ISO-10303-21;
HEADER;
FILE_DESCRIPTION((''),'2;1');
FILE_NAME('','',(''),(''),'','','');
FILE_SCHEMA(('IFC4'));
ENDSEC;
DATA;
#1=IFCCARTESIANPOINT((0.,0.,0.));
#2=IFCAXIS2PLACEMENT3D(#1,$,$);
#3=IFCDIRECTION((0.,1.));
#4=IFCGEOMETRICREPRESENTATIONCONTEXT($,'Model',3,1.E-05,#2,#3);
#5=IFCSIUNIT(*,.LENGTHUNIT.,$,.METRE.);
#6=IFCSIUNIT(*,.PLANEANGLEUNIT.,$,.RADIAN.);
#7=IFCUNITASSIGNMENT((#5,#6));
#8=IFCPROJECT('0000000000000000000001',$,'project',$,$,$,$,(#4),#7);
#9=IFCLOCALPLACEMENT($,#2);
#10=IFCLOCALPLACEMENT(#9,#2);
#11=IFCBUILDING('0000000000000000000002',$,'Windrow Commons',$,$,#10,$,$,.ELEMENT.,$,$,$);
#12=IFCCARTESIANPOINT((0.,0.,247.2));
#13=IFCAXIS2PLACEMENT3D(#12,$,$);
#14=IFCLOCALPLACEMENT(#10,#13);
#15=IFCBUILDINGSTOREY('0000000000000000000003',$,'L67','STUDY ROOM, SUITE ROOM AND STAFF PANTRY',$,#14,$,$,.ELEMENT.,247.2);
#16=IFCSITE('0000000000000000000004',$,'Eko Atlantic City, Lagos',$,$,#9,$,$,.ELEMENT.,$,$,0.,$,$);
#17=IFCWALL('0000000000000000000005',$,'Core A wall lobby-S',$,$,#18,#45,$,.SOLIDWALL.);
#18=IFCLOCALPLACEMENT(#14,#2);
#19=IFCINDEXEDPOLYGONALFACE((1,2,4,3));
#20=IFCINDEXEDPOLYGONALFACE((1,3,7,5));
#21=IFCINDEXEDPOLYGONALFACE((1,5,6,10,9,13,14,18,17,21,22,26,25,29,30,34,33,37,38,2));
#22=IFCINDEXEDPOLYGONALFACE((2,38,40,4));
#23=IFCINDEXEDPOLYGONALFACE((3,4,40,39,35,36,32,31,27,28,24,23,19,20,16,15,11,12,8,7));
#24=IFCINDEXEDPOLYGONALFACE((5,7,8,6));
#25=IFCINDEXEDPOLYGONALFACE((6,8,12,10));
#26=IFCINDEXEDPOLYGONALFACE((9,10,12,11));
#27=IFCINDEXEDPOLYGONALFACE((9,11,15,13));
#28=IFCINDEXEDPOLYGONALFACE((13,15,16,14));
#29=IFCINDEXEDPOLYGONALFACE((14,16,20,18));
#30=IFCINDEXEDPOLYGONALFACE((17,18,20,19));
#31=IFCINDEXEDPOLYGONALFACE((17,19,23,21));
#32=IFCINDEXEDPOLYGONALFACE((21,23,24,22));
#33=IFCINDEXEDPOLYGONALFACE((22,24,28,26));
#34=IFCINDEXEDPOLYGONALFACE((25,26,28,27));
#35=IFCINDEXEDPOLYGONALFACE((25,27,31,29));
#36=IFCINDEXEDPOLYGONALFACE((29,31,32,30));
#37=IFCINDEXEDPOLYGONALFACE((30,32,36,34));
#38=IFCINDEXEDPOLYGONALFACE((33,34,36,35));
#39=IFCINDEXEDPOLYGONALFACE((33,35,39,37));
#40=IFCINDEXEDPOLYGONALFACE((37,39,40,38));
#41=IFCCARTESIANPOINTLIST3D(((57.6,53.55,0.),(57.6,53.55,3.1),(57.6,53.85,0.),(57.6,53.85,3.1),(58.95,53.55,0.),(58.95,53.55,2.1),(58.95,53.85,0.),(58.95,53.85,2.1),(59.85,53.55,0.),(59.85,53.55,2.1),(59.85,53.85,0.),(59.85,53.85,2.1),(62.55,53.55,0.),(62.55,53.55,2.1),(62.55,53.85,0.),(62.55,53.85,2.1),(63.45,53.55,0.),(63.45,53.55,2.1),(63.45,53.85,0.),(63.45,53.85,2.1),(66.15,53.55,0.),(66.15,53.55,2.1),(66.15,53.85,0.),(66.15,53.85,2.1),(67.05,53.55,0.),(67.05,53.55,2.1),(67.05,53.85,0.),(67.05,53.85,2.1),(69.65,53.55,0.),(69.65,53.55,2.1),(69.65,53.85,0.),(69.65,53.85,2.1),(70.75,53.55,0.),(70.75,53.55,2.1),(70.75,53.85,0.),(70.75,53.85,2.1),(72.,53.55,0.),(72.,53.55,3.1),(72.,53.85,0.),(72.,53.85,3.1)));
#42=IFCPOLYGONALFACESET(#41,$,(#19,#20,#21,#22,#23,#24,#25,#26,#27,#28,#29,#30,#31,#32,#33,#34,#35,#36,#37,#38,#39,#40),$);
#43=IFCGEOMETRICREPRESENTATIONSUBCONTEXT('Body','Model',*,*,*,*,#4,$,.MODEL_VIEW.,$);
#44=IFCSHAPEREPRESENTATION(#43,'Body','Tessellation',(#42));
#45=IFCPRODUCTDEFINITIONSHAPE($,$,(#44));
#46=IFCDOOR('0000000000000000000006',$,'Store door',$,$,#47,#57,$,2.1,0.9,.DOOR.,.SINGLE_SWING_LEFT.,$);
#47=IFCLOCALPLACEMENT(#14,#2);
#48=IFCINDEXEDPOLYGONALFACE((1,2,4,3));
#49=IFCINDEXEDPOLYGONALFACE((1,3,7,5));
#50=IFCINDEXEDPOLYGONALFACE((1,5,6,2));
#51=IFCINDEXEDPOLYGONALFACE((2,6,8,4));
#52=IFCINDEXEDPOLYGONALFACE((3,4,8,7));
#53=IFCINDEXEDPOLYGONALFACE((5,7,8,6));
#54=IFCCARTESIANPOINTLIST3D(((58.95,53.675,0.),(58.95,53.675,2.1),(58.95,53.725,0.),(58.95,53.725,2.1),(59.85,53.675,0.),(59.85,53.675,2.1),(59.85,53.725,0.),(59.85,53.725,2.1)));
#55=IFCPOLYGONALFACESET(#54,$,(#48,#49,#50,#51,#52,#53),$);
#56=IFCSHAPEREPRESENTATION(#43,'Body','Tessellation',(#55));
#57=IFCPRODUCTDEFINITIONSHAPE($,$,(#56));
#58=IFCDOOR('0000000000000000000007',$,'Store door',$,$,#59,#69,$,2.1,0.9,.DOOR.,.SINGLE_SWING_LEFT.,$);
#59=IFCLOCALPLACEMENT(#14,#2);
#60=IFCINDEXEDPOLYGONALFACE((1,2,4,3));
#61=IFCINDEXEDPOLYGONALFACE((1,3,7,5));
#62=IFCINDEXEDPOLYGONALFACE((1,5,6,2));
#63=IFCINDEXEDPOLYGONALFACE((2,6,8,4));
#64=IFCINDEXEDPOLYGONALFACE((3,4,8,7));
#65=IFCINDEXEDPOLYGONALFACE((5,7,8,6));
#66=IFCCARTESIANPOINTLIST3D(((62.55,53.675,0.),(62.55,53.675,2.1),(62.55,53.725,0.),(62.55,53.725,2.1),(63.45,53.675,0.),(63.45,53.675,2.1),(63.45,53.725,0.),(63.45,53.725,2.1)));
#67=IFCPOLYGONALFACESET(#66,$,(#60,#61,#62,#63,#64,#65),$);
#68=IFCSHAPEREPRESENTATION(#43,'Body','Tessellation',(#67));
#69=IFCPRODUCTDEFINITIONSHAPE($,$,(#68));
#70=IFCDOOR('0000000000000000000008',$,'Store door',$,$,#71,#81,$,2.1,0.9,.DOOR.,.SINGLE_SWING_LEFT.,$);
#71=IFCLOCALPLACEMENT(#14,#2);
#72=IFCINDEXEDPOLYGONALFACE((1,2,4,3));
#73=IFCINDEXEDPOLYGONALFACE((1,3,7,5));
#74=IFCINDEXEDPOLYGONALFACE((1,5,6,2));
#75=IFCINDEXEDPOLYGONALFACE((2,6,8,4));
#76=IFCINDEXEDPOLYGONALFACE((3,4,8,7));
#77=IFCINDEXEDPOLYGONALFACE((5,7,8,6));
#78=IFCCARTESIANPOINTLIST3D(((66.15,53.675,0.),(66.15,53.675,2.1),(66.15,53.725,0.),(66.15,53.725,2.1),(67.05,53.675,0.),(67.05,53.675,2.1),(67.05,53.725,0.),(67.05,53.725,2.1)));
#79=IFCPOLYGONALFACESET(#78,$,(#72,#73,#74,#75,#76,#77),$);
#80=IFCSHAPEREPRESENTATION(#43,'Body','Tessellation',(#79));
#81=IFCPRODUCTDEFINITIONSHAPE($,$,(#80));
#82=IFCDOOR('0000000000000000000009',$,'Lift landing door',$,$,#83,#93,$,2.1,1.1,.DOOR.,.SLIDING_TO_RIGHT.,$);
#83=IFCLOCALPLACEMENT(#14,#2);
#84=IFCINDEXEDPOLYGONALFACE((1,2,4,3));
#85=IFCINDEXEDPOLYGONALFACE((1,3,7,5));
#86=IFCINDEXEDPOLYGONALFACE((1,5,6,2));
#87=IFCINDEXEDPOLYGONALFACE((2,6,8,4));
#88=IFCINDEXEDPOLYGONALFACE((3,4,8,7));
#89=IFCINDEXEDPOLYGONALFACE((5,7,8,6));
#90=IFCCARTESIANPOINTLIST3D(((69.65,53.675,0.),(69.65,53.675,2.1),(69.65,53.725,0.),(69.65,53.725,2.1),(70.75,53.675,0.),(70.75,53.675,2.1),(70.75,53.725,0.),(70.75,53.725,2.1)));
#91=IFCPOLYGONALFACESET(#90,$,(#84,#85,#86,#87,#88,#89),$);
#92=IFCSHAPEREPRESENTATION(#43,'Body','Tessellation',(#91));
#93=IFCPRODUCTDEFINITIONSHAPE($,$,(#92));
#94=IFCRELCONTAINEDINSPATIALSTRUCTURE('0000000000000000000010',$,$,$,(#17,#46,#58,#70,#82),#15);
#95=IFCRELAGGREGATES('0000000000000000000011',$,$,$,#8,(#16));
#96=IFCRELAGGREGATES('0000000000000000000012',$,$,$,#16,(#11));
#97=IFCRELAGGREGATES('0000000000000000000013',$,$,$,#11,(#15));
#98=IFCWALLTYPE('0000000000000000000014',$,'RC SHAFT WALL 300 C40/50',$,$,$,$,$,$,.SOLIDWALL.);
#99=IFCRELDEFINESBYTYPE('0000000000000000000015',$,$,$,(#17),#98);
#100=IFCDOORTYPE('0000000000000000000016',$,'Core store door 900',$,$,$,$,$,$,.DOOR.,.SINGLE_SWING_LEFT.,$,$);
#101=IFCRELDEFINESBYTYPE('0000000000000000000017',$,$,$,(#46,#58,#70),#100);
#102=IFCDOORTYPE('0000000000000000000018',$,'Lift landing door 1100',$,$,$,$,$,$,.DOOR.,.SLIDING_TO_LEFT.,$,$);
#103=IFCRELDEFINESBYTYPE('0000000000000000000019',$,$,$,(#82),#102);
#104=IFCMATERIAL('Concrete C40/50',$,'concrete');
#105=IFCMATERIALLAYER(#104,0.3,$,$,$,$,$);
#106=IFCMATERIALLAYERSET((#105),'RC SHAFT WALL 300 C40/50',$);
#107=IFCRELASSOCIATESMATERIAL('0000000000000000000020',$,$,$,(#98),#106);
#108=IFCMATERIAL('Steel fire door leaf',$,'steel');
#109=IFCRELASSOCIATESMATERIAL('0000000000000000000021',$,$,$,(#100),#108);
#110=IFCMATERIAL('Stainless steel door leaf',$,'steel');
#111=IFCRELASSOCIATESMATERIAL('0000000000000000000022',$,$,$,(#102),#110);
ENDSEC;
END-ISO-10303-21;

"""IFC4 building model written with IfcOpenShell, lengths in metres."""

from ifc_helpers import new_model, si_unit, direction, frame, frame_2d, origin, place, context, subcontext, project, spatial, rectangle, extrude, material, layer, layer_set, type_object, element, fill, save


model = new_model("IFC4")

# Units and contexts
model_context = context("Model", 3, precision=1e-05, world=origin(), true_north=direction((0.0, 1.0)))
body_context = subcontext(model_context, "Body", "Model", "MODEL_VIEW")
ifc_project = project(units=[si_unit("LENGTHUNIT", "METRE"), si_unit("PLANEANGLEUNIT", "RADIAN")], contexts=[model_context])

# Site, building, storey
site_placement = place(None, origin())
site = spatial("IfcSite", under=ifc_project, at=site_placement, Name="Eko Atlantic City, Lagos", CompositionType="ELEMENT", RefElevation=0.0)
building_placement = place(site_placement, origin())
building = spatial("IfcBuilding", under=site, at=building_placement, Name="Windrow Commons", CompositionType="ELEMENT")
storey_placement = place(building_placement, frame((0.0, 0.0, 247.2)))
storey = spatial("IfcBuildingStorey", under=building, at=storey_placement, Name="L67", Description="STUDY ROOM, SUITE ROOM AND STAFF PANTRY", CompositionType="ELEMENT", Elevation=247.2)

# Shared definitions
ifc_material_1 = material(Name="Concrete C40/50", Category="concrete")
ifc_layer_1 = layer(ifc_material_1, 0.3)
ifc_layer_set_1 = layer_set([ifc_layer_1], Name="RC SHAFT WALL 300 C40/50")
wall_type_1 = type_object("IfcWallType", Name="RC SHAFT WALL 300 C40/50", PredefinedType="SOLIDWALL", material=ifc_layer_set_1)

# Wall, openings, doors
wall_1_placement = place(storey_placement, frame((57.6, 53.7, 0.0), z_axis=(0.0, 0.0, 1.0), x_axis=(1.0, 0.0, 0.0)))
wall_1 = element("IfcWall", 1, at=wall_1_placement, inside=storey, type_object=wall_type_1, Name="Core A wall lobby-S", PredefinedType="SOLIDWALL", context=body_context, shape_type="SweptSolid", body=[
    extrude(rectangle(XDim=14.4, YDim=0.3, at=frame_2d((7.2, 0.0))), origin(), (0.0, 0.0, 1.0), 3.1),
])
opening_1_placement = place(wall_1_placement, frame((1.35, 0.0, 0.0)))
opening_1 = element("IfcOpeningElement", 2, at=opening_1_placement, cuts=wall_1, PredefinedType="OPENING", context=body_context, shape_type="SweptSolid", body=[
    extrude(rectangle(XDim=0.9, YDim=2.1, at=frame_2d((0.45, 1.05))), frame((0.0, 0.16, 0.0), z_axis=(0.0, -1.0, 0.0), x_axis=(1.0, 0.0, 0.0)), (0.0, 0.0, 1.0), 0.32),
])
opening_2_placement = place(wall_1_placement, frame((4.95, 0.0, 0.0)))
opening_2 = element("IfcOpeningElement", 3, at=opening_2_placement, cuts=wall_1, PredefinedType="OPENING", context=body_context, shape_type="SweptSolid", body=[
    extrude(rectangle(XDim=0.9, YDim=2.1, at=frame_2d((0.45, 1.05))), frame((0.0, 0.16, 0.0), z_axis=(0.0, -1.0, 0.0), x_axis=(1.0, 0.0, 0.0)), (0.0, 0.0, 1.0), 0.32),
])
opening_3_placement = place(wall_1_placement, frame((8.55, 0.0, 0.0)))
opening_3 = element("IfcOpeningElement", 4, at=opening_3_placement, cuts=wall_1, PredefinedType="OPENING", context=body_context, shape_type="SweptSolid", body=[
    extrude(rectangle(XDim=0.9, YDim=2.1, at=frame_2d((0.45, 1.05))), frame((0.0, 0.16, 0.0), z_axis=(0.0, -1.0, 0.0), x_axis=(1.0, 0.0, 0.0)), (0.0, 0.0, 1.0), 0.32),
])
opening_4_placement = place(wall_1_placement, frame((12.05, 0.0, 0.0)))
opening_4 = element("IfcOpeningElement", 5, at=opening_4_placement, cuts=wall_1, PredefinedType="OPENING", context=body_context, shape_type="SweptSolid", body=[
    extrude(rectangle(XDim=1.1, YDim=2.1, at=frame_2d((0.55, 1.05))), frame((0.0, 0.16, 0.0), z_axis=(0.0, -1.0, 0.0), x_axis=(1.0, 0.0, 0.0)), (0.0, 0.0, 1.0), 0.32),
])
ifc_material_2 = material(Name="Steel fire door leaf", Category="steel")
door_type_1 = type_object("IfcDoorType", Name="Core store door 900", OperationType="SINGLE_SWING_LEFT", PredefinedType="DOOR", material=ifc_material_2)
door_1_placement = place(opening_1_placement, origin())
door_1 = element("IfcDoor", 6, at=door_1_placement, inside=storey, type_object=door_type_1, Name="Store door", OperationType="SINGLE_SWING_LEFT", OverallHeight=2.1, OverallWidth=0.9, PredefinedType="DOOR", context=body_context, shape_type="SweptSolid", body=[
    extrude(rectangle(XDim=0.9, YDim=2.1, at=frame_2d((0.45, 1.05))), frame((0.0, 0.025, 0.0), z_axis=(0.0, -1.0, 0.0), x_axis=(1.0, 0.0, 0.0)), (0.0, 0.0, 1.0), 0.05),
])
fill(opening_1, door_1)
door_2_placement = place(opening_2_placement, origin())
door_2 = element("IfcDoor", 7, at=door_2_placement, inside=storey, type_object=door_type_1, Name="Store door", OperationType="SINGLE_SWING_LEFT", OverallHeight=2.1, OverallWidth=0.9, PredefinedType="DOOR", context=body_context, shape_type="SweptSolid", body=[
    extrude(rectangle(XDim=0.9, YDim=2.1, at=frame_2d((0.45, 1.05))), frame((0.0, 0.025, 0.0), z_axis=(0.0, -1.0, 0.0), x_axis=(1.0, 0.0, 0.0)), (0.0, 0.0, 1.0), 0.05),
])
fill(opening_2, door_2)
door_3_placement = place(opening_3_placement, origin())
door_3 = element("IfcDoor", 8, at=door_3_placement, inside=storey, type_object=door_type_1, Name="Store door", OperationType="SINGLE_SWING_LEFT", OverallHeight=2.1, OverallWidth=0.9, PredefinedType="DOOR", context=body_context, shape_type="SweptSolid", body=[
    extrude(rectangle(XDim=0.9, YDim=2.1, at=frame_2d((0.45, 1.05))), frame((0.0, 0.025, 0.0), z_axis=(0.0, -1.0, 0.0), x_axis=(1.0, 0.0, 0.0)), (0.0, 0.0, 1.0), 0.05),
])
fill(opening_3, door_3)
ifc_material_3 = material(Name="Stainless steel door leaf", Category="steel")
door_type_2 = type_object("IfcDoorType", Name="Lift landing door 1100", OperationType="SLIDING_TO_LEFT", PredefinedType="DOOR", material=ifc_material_3)
door_4_placement = place(opening_4_placement, origin())
door_4 = element("IfcDoor", 9, at=door_4_placement, inside=storey, type_object=door_type_2, Name="Lift landing door", OperationType="SLIDING_TO_RIGHT", OverallHeight=2.1, OverallWidth=1.1, PredefinedType="DOOR", context=body_context, shape_type="SweptSolid", body=[
    extrude(rectangle(XDim=1.1, YDim=2.1, at=frame_2d((0.55, 1.05))), frame((0.0, 0.025, 0.0), z_axis=(0.0, -1.0, 0.0), x_axis=(1.0, 0.0, 0.0)), (0.0, 0.0, 1.0), 0.05),
])
fill(opening_4, door_4)

save(model, "model.ifc")
